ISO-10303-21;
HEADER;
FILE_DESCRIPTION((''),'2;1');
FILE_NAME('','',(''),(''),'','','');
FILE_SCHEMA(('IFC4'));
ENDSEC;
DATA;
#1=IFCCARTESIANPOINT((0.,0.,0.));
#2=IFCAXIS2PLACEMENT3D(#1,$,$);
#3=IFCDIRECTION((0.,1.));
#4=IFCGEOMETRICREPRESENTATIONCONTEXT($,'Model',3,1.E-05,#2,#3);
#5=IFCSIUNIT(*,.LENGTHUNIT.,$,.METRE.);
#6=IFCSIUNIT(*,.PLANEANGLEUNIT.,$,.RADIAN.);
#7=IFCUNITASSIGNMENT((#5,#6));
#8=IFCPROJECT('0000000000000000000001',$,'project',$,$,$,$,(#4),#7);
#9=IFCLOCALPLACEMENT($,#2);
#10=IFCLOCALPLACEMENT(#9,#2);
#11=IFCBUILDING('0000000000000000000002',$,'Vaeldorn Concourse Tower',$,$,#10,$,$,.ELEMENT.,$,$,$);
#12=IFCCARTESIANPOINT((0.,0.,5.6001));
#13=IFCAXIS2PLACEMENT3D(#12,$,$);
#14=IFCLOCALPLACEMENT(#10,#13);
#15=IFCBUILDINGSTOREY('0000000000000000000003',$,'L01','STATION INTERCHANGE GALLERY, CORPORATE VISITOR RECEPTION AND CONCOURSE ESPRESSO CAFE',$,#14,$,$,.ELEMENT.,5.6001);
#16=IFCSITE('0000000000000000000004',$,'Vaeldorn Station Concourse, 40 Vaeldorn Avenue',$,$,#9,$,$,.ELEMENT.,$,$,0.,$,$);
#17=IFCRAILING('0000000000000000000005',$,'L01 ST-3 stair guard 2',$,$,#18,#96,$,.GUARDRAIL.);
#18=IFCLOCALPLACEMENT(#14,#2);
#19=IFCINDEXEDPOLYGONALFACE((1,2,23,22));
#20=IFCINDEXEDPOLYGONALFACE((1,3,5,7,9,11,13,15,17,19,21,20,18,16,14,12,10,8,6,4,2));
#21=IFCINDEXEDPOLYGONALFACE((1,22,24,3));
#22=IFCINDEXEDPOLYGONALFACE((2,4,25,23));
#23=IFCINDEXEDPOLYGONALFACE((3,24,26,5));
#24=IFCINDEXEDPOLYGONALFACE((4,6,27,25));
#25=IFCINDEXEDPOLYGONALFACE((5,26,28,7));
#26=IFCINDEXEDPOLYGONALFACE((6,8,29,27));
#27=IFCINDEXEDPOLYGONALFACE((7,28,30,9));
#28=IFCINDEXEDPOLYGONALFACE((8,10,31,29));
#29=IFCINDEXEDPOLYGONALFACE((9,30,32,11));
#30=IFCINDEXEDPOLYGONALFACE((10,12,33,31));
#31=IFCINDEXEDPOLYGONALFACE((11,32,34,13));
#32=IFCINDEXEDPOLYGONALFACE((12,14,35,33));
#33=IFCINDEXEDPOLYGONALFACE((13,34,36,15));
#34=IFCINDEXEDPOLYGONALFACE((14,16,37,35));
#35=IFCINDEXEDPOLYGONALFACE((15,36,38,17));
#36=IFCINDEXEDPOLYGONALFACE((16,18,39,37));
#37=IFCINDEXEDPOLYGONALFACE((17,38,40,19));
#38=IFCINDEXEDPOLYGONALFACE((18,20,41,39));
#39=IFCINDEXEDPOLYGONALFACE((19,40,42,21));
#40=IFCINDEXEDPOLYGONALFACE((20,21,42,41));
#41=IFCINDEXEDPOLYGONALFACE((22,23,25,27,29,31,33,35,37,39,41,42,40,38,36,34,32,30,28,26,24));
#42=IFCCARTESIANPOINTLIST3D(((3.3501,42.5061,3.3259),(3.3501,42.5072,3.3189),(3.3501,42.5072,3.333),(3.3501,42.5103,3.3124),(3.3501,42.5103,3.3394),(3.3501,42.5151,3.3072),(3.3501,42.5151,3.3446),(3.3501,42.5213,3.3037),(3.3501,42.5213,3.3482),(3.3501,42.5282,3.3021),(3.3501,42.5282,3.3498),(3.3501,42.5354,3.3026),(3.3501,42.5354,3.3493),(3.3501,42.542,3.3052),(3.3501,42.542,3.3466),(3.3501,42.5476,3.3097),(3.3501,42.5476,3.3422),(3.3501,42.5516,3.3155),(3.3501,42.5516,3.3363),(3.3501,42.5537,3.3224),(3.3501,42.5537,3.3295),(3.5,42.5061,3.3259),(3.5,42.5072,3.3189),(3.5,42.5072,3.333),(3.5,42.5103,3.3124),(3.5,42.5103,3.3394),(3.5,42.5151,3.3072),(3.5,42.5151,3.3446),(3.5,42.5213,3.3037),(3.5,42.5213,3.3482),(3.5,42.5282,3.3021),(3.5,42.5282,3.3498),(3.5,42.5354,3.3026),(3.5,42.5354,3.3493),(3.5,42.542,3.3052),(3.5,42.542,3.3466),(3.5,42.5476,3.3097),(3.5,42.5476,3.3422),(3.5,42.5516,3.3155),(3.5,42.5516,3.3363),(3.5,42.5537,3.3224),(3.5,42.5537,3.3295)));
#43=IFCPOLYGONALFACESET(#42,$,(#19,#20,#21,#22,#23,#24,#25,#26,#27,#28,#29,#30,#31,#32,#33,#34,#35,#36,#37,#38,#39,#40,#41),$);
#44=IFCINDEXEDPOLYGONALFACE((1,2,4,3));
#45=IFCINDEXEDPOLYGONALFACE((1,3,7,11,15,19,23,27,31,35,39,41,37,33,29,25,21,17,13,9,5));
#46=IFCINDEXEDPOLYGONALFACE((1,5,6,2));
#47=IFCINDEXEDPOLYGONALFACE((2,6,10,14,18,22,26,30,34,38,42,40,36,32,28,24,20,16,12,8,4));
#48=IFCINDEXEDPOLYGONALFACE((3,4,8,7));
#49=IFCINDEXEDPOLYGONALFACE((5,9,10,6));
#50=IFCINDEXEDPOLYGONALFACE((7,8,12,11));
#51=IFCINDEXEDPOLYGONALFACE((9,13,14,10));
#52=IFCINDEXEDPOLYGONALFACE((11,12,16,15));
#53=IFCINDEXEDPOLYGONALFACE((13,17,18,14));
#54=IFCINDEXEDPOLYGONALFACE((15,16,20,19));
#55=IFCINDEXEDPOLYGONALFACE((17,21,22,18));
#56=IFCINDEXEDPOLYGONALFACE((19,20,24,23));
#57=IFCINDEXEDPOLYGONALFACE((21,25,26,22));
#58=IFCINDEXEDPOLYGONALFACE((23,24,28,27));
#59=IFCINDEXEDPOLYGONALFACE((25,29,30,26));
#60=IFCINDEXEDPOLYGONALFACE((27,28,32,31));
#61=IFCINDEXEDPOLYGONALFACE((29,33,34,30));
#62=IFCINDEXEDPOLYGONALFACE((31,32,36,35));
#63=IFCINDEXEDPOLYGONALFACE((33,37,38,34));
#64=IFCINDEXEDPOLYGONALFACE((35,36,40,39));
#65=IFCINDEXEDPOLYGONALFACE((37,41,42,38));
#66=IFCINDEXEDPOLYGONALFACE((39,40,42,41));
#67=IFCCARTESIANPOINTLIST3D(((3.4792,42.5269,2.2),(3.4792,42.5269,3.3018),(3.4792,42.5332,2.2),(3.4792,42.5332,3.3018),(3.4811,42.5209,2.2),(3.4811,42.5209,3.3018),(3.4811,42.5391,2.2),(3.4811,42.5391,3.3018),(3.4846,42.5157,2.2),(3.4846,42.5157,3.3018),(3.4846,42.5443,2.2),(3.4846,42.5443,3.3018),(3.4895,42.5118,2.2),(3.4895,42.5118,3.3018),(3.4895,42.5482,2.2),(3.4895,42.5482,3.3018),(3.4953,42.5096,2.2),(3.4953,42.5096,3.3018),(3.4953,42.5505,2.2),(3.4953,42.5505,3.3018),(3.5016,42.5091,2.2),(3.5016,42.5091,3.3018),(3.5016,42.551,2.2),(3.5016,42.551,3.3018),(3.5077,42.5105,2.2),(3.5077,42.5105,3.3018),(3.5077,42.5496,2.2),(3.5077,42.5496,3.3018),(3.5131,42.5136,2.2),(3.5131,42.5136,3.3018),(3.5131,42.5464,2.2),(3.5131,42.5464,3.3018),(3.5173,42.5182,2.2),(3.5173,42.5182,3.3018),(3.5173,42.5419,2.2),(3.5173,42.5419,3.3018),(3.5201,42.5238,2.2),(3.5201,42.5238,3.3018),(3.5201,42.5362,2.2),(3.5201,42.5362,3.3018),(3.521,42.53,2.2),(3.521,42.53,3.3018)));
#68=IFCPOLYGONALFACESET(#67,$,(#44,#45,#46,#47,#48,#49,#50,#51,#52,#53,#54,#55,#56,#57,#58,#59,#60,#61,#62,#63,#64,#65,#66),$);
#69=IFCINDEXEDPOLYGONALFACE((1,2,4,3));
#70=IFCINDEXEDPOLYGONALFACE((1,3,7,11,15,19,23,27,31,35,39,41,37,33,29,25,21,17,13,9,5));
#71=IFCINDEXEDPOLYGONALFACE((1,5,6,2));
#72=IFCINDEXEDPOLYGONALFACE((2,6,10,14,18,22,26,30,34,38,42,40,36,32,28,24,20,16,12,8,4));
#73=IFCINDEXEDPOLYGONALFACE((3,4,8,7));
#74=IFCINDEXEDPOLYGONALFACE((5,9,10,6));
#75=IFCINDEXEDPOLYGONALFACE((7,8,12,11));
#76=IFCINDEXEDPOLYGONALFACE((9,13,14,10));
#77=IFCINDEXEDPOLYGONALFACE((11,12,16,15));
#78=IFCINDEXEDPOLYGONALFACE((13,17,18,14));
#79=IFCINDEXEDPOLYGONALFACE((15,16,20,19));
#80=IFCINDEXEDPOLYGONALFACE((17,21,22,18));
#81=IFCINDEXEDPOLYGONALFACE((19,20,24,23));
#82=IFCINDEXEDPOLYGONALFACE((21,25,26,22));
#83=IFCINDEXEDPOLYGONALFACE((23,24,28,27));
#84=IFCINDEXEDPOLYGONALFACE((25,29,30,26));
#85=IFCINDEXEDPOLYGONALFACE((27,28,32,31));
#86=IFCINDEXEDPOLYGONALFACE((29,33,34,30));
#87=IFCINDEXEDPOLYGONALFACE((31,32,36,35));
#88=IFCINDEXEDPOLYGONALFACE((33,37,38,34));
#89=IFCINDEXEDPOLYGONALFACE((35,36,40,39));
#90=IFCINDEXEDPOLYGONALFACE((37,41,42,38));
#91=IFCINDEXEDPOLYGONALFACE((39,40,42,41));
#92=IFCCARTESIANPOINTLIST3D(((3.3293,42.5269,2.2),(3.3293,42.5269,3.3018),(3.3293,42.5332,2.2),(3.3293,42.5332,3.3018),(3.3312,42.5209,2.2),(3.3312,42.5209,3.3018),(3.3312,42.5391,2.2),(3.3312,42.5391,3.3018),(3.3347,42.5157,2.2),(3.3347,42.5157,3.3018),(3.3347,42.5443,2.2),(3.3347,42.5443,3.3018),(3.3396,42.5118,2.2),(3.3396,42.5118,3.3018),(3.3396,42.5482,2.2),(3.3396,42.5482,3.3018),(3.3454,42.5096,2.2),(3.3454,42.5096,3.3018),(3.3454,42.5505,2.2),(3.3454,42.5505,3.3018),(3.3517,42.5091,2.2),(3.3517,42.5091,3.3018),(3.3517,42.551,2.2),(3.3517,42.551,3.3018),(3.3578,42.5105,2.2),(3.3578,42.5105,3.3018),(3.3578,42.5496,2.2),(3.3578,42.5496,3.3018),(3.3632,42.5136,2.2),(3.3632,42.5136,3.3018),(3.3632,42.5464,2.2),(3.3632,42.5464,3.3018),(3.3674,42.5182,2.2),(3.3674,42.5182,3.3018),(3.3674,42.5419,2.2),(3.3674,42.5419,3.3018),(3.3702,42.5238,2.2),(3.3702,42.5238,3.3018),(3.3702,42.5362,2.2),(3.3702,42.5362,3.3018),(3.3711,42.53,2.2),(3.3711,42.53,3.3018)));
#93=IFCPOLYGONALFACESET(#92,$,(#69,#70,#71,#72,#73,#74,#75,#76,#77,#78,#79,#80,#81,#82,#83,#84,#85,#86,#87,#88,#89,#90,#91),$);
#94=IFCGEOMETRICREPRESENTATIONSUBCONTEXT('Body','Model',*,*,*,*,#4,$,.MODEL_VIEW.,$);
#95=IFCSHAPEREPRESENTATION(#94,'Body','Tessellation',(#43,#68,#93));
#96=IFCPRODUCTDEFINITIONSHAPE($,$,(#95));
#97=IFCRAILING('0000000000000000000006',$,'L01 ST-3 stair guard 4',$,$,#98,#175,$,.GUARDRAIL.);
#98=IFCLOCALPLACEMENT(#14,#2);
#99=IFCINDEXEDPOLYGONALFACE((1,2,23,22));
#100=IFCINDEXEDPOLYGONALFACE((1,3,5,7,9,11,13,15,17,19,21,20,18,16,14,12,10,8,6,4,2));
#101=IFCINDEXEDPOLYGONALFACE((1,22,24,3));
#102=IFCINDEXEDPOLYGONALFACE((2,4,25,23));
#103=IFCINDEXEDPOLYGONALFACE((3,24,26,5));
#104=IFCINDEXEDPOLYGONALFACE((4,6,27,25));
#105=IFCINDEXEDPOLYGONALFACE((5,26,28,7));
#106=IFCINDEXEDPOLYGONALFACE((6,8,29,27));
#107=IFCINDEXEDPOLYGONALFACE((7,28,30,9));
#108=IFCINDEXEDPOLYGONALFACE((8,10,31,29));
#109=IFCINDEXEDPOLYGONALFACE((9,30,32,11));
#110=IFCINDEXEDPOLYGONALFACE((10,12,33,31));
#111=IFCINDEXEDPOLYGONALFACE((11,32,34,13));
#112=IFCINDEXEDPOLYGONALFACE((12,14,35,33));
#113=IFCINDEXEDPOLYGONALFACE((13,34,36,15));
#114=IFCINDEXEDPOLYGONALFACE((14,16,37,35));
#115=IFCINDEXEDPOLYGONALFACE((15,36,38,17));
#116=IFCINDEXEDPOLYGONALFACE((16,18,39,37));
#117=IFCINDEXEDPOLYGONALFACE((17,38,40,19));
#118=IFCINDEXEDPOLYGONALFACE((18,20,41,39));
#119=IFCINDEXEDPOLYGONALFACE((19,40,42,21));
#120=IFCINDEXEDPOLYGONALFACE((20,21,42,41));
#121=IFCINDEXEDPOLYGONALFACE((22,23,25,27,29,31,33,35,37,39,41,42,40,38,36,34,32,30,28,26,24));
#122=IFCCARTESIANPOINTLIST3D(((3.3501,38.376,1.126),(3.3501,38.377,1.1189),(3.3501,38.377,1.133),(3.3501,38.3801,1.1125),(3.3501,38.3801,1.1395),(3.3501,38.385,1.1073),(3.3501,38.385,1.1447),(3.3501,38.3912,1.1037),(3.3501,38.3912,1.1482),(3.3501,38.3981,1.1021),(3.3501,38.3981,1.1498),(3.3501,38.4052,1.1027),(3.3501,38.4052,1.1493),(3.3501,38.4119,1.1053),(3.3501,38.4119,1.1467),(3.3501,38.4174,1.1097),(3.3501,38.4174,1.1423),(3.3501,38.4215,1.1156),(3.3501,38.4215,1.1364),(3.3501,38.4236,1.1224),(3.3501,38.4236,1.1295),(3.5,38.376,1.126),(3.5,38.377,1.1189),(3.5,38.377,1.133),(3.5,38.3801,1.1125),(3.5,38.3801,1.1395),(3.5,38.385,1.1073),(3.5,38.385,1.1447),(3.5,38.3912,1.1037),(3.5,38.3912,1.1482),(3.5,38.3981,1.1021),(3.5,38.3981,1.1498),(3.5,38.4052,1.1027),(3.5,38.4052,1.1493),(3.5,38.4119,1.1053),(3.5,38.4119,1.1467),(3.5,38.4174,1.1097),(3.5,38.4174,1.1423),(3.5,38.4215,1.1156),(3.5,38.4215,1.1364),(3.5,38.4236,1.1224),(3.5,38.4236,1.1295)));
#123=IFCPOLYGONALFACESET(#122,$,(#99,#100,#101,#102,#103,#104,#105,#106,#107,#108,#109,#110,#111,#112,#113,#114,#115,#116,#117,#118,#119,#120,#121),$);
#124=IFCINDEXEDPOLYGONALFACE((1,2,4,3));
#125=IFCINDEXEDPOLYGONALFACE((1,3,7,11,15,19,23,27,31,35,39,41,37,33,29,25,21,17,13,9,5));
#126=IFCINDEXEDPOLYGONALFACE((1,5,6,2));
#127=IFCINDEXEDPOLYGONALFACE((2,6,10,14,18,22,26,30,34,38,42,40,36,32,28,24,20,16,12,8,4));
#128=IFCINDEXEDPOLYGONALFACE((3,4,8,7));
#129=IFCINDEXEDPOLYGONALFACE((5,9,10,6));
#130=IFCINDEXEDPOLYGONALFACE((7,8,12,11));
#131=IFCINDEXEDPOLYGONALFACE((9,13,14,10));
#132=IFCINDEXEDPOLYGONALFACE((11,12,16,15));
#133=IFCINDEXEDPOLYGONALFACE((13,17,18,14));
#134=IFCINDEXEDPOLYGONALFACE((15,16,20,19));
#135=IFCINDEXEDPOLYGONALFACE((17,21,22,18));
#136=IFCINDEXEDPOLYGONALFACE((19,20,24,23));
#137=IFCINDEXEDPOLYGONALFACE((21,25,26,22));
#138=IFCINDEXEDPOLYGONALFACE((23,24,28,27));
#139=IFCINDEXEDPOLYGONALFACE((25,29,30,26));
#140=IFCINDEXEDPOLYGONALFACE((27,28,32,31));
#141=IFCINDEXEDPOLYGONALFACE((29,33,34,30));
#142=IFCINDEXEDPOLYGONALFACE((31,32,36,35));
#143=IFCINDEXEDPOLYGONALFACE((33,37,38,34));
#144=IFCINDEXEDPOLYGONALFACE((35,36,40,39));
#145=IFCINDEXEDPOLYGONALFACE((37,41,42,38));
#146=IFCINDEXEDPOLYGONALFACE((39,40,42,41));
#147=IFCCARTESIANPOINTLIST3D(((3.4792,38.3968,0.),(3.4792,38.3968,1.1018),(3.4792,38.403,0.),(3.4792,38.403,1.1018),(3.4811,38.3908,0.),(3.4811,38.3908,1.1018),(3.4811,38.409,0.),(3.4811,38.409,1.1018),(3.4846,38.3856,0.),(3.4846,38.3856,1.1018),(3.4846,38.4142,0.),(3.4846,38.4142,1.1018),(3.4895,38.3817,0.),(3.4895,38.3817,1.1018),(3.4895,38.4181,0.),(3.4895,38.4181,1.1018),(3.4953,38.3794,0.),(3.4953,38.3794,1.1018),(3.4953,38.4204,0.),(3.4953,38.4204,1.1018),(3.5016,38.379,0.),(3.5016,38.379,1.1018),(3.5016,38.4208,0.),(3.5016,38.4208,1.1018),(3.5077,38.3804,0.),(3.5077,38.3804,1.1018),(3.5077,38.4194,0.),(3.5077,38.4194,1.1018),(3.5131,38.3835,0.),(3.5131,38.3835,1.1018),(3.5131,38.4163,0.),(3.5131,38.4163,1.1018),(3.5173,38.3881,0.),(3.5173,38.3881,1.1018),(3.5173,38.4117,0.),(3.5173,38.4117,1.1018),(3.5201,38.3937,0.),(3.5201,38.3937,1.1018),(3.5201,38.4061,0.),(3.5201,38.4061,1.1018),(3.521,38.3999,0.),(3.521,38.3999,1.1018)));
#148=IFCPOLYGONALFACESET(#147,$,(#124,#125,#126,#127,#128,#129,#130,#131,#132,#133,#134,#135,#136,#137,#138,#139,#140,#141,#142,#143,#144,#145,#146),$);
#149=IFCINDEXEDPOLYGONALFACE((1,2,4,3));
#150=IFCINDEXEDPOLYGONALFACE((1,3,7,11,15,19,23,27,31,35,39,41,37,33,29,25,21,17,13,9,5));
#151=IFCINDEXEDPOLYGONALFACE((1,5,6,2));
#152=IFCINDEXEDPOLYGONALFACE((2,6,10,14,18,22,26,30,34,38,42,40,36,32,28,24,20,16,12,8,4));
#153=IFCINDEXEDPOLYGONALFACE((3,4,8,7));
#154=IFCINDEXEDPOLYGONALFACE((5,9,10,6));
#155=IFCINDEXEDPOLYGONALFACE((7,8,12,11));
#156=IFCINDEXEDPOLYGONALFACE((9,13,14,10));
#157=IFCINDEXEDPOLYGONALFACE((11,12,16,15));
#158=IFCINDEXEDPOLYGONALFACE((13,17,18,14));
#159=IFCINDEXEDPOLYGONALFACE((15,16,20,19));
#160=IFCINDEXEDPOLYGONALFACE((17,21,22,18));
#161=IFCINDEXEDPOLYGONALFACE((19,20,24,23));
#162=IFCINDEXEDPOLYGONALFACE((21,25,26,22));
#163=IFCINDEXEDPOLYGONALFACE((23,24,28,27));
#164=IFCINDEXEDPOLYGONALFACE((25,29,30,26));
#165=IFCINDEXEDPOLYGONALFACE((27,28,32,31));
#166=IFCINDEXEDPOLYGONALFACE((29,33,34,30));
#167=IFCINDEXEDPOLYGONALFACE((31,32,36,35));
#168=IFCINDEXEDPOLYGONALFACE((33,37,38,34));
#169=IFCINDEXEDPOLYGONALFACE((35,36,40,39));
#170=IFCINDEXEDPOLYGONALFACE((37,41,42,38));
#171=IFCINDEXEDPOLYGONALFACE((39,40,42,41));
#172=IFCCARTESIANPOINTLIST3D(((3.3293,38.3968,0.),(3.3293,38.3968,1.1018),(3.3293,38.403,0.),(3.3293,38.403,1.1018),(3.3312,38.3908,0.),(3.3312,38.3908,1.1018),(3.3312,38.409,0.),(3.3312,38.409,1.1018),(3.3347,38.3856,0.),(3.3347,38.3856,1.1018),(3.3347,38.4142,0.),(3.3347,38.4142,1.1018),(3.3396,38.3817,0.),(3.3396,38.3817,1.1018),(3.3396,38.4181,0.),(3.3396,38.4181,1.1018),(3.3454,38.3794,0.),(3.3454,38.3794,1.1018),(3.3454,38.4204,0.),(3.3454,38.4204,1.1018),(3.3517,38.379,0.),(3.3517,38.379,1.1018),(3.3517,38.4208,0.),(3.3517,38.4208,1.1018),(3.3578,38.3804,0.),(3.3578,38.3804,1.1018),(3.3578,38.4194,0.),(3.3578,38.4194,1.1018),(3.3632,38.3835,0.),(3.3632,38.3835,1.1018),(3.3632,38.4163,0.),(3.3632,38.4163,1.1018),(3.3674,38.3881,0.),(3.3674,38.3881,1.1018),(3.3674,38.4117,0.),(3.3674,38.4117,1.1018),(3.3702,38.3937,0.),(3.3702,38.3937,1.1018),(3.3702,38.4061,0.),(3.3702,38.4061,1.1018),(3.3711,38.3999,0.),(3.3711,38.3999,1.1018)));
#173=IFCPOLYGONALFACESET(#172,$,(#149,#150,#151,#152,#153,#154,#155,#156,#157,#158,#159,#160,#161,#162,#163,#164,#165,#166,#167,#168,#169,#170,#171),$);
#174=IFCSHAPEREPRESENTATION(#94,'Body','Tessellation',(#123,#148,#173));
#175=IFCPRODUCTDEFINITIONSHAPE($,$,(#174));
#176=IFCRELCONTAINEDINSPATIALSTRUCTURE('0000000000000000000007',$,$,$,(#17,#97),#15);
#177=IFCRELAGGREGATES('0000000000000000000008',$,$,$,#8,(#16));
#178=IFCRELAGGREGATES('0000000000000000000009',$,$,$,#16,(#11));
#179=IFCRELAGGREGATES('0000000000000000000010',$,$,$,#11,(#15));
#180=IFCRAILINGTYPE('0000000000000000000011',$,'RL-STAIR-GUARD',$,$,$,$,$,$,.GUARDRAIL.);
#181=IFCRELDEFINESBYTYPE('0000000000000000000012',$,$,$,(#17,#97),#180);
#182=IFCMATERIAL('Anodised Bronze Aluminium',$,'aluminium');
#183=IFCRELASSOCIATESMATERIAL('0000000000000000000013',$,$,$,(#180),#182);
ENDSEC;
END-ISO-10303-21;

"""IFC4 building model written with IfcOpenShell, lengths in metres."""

from ifc_helpers import new_model, si_unit, direction, frame, origin, origin_2d, place, context, subcontext, project, spatial, circle, extrude, material, type_object, element, save


model = new_model("IFC4")

# Units and contexts
model_context = context("Model", 3, precision=1e-05, world=origin(), true_north=direction((0.0, 1.0)))
body_context = subcontext(model_context, "Body", "Model", "MODEL_VIEW")
ifc_project = project(units=[si_unit("LENGTHUNIT", "METRE"), si_unit("PLANEANGLEUNIT", "RADIAN")], contexts=[model_context])

# Site, building, storey
site_placement = place(None, origin())
site = spatial("IfcSite", under=ifc_project, at=site_placement, Name="Vaeldorn Station Concourse, 40 Vaeldorn Avenue", CompositionType="ELEMENT", RefElevation=0.0)
building_placement = place(site_placement, origin())
building = spatial("IfcBuilding", under=site, at=building_placement, Name="Vaeldorn Concourse Tower", CompositionType="ELEMENT")
storey_placement = place(building_placement, frame((0.0, 0.0, 5.6001)))
storey = spatial("IfcBuildingStorey", under=building, at=storey_placement, Name="L01", Description="STATION INTERCHANGE GALLERY, CORPORATE VISITOR RECEPTION AND CONCOURSE ESPRESSO CAFE", CompositionType="ELEMENT", Elevation=5.6001)

# Shared definitions
ifc_material_1 = material(Name="Anodised Bronze Aluminium", Category="aluminium")

# Railings
railing_type_1 = type_object("IfcRailingType", Name="RL-STAIR-GUARD", PredefinedType="GUARDRAIL", material=ifc_material_1)
for number, where, name in (
    (1, (3.5, 42.53, 2.2), "L01 ST-3 stair guard 2"),
    (2, (3.5, 38.3999, 0.0), "L01 ST-3 stair guard 4"),
):
    element("IfcRailing", number, at=place(storey_placement, frame(where)), inside=storey, type_object=railing_type_1, Name=name, PredefinedType="GUARDRAIL", context=body_context, shape_type="SweptSolid", body=[
        extrude(circle(Radius=0.0239, at=origin_2d()), frame((0.0, 0.0, 1.126), z_axis=(-1.0, 0.0, 0.0), x_axis=(0.0, -1.0, 0.0)), (0.0, 0.0, 1.0), 0.1499),
        extrude(circle(Radius=0.021, at=origin_2d()), origin(), (0.0, 0.0, 1.0), 1.1018),
        extrude(circle(Radius=0.021, at=origin_2d()), frame((-0.1499, 0.0, 0.0)), (0.0, 0.0, 1.0), 1.1018),
    ])

save(model, "model.ifc")
